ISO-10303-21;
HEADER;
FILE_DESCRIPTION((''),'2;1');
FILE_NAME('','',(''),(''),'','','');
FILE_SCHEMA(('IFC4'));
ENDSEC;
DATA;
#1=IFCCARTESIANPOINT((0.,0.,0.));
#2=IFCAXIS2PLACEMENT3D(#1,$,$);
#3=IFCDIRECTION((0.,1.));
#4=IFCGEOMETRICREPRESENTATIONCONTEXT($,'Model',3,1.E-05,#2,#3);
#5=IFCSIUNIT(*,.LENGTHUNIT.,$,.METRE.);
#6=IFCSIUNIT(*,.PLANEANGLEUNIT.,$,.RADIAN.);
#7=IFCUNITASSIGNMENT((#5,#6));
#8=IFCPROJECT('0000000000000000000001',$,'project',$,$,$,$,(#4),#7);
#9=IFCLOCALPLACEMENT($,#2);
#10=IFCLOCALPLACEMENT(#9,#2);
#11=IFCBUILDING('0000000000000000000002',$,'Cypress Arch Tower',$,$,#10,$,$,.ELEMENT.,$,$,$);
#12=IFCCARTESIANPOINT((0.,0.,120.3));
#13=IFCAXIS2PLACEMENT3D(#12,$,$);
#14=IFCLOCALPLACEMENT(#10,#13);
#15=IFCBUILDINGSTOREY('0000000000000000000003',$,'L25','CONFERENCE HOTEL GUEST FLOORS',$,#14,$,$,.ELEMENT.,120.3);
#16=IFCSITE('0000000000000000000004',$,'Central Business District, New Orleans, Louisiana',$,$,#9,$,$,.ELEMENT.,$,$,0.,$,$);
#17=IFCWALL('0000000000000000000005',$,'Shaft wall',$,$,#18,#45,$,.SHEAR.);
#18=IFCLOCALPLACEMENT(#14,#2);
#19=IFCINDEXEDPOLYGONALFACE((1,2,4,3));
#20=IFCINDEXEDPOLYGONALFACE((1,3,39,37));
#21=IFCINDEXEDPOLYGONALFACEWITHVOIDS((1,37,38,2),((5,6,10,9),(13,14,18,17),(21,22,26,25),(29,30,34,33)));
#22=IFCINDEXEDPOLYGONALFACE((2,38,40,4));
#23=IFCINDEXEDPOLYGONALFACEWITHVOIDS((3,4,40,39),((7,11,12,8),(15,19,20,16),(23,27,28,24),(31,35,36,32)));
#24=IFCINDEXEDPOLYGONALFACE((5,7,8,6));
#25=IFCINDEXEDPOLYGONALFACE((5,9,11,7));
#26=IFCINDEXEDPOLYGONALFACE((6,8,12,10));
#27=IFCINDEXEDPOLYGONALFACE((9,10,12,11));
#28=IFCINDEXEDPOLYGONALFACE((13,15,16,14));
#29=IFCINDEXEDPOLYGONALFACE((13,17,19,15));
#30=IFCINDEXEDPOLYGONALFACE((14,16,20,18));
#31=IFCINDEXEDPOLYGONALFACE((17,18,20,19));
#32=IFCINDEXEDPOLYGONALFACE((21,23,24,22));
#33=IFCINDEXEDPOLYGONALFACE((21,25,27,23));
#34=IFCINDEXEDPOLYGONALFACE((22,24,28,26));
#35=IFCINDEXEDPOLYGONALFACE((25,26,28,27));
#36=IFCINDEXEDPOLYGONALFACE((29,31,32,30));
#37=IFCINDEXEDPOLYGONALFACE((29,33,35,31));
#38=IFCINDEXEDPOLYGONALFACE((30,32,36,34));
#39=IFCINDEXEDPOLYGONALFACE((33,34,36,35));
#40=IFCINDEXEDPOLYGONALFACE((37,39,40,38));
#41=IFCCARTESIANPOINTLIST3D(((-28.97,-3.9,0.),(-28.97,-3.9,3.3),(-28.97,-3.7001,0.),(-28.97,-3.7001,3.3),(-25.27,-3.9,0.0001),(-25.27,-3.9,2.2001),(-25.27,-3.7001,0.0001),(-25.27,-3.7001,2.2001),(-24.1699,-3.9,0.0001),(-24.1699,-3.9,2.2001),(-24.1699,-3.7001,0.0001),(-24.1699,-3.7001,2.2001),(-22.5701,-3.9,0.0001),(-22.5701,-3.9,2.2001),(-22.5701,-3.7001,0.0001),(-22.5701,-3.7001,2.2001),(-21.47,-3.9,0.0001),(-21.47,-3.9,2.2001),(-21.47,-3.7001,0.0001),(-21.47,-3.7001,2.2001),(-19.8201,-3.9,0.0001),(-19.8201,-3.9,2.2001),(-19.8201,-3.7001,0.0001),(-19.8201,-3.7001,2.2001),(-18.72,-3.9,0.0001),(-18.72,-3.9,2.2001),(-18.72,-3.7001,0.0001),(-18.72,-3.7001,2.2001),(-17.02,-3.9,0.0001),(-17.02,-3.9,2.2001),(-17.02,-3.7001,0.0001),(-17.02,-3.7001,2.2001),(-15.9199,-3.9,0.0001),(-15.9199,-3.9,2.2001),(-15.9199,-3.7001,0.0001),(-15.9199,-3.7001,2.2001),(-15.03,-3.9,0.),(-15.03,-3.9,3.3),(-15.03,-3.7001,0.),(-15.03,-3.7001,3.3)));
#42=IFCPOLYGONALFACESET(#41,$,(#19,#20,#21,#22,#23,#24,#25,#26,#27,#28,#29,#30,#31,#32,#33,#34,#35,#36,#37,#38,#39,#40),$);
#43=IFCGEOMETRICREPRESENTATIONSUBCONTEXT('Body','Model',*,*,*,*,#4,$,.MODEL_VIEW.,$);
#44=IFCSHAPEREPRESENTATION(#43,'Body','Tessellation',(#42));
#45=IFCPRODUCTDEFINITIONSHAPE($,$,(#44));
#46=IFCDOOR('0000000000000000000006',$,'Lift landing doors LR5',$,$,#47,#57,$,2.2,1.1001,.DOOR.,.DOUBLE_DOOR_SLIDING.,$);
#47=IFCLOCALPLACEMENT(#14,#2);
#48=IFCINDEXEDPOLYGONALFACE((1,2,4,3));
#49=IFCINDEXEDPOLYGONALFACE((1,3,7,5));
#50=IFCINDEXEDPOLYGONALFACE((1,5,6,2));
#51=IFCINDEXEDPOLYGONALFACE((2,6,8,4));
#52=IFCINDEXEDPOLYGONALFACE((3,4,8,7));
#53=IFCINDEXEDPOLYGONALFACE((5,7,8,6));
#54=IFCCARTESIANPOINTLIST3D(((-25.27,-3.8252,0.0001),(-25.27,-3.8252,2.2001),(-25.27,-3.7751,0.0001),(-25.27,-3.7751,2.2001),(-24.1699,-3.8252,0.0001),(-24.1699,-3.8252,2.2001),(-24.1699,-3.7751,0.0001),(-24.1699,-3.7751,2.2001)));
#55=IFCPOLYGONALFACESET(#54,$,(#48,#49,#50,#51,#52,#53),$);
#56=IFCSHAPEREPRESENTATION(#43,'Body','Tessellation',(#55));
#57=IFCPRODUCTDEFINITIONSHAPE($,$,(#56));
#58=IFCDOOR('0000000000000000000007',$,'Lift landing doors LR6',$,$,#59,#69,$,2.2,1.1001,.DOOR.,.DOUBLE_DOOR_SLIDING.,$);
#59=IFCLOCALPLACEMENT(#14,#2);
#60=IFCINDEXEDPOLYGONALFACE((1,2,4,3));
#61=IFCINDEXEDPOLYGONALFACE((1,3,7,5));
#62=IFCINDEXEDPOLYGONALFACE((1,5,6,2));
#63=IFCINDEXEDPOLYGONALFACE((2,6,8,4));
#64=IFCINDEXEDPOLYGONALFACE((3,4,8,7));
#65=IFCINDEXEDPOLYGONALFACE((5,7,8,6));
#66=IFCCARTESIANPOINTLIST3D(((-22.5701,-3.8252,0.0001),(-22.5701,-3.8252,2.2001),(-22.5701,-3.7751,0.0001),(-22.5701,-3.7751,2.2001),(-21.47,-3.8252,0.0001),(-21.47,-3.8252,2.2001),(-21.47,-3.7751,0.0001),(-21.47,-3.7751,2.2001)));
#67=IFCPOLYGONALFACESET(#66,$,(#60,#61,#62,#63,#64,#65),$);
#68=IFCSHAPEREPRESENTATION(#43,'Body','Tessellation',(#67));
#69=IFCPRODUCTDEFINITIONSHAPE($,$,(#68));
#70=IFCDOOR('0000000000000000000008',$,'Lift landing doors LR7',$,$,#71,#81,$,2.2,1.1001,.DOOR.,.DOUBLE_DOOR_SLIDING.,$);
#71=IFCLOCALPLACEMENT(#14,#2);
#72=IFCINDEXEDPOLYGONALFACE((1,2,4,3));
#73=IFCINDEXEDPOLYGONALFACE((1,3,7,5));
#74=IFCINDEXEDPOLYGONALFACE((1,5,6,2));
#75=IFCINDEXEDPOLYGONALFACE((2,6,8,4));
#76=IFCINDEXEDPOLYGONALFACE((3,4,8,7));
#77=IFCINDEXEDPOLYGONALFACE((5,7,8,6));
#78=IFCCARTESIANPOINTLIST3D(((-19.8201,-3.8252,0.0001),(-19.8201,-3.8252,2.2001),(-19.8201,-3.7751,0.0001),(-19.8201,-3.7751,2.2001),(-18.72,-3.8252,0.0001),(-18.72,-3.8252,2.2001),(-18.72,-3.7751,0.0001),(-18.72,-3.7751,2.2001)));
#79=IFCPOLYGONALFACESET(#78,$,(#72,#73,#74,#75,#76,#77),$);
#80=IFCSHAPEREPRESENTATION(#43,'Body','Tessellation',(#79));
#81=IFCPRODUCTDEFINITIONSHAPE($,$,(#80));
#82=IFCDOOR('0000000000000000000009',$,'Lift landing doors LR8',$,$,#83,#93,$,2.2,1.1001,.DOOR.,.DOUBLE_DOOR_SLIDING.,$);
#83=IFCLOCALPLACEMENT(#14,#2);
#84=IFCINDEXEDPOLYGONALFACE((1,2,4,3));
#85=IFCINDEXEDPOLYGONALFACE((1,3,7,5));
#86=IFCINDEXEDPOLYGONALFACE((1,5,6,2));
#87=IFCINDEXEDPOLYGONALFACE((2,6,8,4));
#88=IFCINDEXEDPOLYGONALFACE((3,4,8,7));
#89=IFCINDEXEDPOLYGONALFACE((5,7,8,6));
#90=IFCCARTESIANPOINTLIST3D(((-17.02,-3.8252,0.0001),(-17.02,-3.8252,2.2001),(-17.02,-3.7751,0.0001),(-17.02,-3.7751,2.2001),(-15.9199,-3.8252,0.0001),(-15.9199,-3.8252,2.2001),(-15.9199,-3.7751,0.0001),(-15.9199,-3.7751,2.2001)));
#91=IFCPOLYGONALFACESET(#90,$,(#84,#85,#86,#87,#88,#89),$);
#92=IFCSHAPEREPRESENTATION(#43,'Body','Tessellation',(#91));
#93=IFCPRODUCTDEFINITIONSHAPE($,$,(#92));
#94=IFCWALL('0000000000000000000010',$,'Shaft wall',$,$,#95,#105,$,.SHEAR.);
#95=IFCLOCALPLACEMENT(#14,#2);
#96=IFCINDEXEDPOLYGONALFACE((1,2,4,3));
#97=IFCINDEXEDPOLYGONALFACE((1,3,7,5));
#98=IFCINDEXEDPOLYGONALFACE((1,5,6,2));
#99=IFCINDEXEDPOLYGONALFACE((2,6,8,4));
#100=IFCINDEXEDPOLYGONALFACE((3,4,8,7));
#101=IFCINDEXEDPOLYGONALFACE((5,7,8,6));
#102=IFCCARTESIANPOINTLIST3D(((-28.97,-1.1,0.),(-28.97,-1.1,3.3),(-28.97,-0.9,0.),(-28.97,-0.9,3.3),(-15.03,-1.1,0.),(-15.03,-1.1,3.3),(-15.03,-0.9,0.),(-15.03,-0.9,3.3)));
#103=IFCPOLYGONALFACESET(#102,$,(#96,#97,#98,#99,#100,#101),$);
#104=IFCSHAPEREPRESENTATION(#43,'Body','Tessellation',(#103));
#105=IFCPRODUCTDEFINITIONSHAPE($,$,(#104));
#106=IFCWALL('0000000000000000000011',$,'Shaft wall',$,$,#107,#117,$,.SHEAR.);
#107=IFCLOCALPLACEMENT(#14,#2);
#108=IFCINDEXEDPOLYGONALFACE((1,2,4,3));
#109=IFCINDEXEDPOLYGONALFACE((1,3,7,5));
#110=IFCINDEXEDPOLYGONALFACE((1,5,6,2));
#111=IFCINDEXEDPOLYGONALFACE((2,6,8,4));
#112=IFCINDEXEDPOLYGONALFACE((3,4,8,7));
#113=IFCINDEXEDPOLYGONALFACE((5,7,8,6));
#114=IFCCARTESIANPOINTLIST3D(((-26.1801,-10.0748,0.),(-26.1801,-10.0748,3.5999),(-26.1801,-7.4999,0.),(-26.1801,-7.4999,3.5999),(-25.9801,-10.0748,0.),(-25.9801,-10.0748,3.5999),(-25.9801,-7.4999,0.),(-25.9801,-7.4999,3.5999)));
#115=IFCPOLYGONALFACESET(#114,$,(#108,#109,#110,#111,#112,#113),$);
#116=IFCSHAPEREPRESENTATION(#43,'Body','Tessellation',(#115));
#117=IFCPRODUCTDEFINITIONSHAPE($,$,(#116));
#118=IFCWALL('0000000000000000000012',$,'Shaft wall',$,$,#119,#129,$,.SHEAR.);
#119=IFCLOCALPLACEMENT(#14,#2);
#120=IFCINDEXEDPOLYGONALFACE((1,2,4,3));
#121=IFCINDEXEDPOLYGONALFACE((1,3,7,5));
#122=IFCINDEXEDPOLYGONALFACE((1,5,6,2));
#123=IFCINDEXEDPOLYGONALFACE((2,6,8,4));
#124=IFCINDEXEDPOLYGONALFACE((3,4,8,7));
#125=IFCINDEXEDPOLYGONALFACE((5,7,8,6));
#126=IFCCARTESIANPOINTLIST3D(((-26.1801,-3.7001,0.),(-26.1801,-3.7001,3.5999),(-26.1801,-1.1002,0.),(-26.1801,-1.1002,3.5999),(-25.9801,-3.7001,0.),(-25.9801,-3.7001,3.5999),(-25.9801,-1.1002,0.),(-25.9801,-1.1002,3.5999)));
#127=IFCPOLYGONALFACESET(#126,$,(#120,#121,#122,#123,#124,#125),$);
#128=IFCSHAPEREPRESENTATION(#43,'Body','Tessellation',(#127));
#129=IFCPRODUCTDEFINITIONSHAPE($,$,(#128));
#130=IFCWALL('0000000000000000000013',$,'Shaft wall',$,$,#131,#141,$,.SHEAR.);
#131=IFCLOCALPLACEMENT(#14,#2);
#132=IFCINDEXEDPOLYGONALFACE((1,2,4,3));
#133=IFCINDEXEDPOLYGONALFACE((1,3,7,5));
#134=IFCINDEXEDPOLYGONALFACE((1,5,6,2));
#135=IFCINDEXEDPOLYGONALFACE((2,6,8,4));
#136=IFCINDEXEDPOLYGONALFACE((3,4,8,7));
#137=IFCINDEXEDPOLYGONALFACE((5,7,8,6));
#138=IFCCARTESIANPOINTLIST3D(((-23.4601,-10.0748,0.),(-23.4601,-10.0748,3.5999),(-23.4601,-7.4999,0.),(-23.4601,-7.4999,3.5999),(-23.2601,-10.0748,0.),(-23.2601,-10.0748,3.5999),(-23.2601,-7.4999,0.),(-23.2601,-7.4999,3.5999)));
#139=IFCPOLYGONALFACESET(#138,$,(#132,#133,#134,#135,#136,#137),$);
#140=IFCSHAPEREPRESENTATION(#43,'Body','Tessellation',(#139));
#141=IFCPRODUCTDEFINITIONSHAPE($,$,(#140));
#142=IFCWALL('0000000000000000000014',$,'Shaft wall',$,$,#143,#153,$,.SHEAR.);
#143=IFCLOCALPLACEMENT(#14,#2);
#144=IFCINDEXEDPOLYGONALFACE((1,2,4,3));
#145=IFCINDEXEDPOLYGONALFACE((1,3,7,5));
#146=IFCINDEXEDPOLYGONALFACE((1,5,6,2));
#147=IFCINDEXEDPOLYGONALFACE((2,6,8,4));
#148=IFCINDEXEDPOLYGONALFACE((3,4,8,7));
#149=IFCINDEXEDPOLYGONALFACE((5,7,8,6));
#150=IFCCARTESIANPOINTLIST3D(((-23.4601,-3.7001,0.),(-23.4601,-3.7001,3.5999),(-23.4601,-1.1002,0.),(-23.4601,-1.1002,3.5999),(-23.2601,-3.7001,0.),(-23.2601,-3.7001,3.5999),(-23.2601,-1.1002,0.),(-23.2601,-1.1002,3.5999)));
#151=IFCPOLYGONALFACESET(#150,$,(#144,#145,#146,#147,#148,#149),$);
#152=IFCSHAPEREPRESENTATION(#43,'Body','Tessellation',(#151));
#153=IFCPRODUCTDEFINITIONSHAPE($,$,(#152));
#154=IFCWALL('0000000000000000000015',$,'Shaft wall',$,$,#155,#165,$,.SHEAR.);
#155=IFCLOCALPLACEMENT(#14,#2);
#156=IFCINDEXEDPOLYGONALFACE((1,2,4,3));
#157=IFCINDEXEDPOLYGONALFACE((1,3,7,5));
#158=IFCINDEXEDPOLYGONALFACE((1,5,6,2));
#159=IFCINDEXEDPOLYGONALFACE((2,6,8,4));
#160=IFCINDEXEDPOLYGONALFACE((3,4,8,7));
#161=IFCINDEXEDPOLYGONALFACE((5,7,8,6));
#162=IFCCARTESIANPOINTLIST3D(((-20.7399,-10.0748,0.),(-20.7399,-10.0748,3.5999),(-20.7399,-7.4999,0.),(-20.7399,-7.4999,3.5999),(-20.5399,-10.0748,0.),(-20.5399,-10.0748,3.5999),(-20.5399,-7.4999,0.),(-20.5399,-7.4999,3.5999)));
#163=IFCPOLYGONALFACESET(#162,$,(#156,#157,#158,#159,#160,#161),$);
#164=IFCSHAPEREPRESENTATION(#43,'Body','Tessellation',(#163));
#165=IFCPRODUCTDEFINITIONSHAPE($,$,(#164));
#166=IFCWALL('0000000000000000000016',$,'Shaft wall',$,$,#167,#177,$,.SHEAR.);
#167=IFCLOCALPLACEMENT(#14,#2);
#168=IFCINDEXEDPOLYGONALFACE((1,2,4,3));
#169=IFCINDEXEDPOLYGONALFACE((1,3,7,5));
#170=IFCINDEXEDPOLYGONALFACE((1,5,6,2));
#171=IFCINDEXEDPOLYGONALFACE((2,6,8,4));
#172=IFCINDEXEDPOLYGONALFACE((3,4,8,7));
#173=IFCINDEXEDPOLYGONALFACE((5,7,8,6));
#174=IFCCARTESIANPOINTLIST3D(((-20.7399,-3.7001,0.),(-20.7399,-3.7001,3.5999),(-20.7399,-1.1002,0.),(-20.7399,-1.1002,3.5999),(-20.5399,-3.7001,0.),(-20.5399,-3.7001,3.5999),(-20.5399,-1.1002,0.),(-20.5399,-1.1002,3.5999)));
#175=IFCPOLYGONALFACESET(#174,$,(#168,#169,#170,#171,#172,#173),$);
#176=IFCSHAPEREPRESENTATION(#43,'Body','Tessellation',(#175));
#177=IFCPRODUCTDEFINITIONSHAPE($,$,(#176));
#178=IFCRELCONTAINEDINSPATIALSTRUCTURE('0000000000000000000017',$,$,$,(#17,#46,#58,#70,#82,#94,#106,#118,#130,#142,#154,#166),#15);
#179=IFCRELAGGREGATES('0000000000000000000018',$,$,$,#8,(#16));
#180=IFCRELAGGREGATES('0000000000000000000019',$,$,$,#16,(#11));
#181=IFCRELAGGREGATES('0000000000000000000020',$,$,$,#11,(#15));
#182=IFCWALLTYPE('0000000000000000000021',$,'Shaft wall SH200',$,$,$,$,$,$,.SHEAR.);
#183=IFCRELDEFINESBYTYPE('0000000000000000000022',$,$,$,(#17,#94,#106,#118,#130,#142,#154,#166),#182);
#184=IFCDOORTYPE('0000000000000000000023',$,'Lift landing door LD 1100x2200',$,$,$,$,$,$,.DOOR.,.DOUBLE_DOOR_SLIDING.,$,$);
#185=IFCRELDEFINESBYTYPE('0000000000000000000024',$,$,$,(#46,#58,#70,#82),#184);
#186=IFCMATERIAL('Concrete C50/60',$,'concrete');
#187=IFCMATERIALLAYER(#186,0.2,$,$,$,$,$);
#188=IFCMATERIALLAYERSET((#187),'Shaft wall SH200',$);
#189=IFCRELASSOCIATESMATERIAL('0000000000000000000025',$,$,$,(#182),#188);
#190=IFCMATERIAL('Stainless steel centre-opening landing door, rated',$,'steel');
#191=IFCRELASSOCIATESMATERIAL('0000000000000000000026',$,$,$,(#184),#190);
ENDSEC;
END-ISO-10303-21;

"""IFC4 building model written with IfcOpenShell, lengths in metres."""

from ifc_helpers import new_model, si_unit, direction, frame, frame_2d, origin, place, context, subcontext, project, spatial, rectangle, extrude, material, layer, layer_set, type_object, element, fill, save


model = new_model("IFC4")

# Units and contexts
model_context = context("Model", 3, precision=1e-05, world=origin(), true_north=direction((0.0, 1.0)))
body_context = subcontext(model_context, "Body", "Model", "MODEL_VIEW")
ifc_project = project(units=[si_unit("LENGTHUNIT", "METRE"), si_unit("PLANEANGLEUNIT", "RADIAN")], contexts=[model_context])

# Site, building, storey
site_placement = place(None, origin())
site = spatial("IfcSite", under=ifc_project, at=site_placement, Name="Central Business District, New Orleans, Louisiana", CompositionType="ELEMENT", RefElevation=0.0)
building_placement = place(site_placement, origin())
building = spatial("IfcBuilding", under=site, at=building_placement, Name="Cypress Arch Tower", CompositionType="ELEMENT")
storey_placement = place(building_placement, frame((0.0, 0.0, 120.3)))
storey = spatial("IfcBuildingStorey", under=building, at=storey_placement, Name="L25", Description="CONFERENCE HOTEL GUEST FLOORS", CompositionType="ELEMENT", Elevation=120.3)

# Wall, openings, doors
ifc_material_1 = material(Name="Concrete C50/60", Category="concrete")
ifc_layer_1 = layer(ifc_material_1, 0.2)
ifc_layer_set_1 = layer_set([ifc_layer_1], Name="Shaft wall SH200")
wall_type_1 = type_object("IfcWallType", Name="Shaft wall SH200", PredefinedType="SHEAR", material=ifc_layer_set_1)
ifc_material_2 = material(Name="Stainless steel centre-opening landing door, rated", Category="steel")
door_type = type_object("IfcDoorType", Name="Lift landing door LD 1100x2200", OperationType="DOUBLE_DOOR_SLIDING", PredefinedType="DOOR", material=ifc_material_2)
wall_1_placement = place(storey_placement, frame((-28.97, -3.8, 0.0), z_axis=(0.0, 0.0, 1.0), x_axis=(1.0, 0.0, 0.0)))
wall_1 = element("IfcWall", 1, at=wall_1_placement, inside=storey, type_object=wall_type_1, Name="Shaft wall", PredefinedType="SHEAR", context=body_context, shape_type="SweptSolid", body=[
    extrude(rectangle(XDim=13.9399, YDim=0.2, at=frame_2d((6.97, 0.0))), origin(), (0.0, 0.0, 1.0), 3.3),
])
opening_1_placement = place(wall_1_placement, frame((3.7, 0.0, 0.0)))
opening_1 = element("IfcOpeningElement", 2, at=opening_1_placement, cuts=wall_1, PredefinedType="OPENING", context=body_context, shape_type="SweptSolid", body=[
    extrude(rectangle(XDim=1.1001, YDim=2.2, at=frame_2d((0.55, 1.1001))), frame((0.0, 0.1099, 0.0), z_axis=(0.0, -1.0, 0.0), x_axis=(1.0, 0.0, 0.0)), (0.0, 0.0, 1.0), 0.22),
])
opening_2_placement = place(wall_1_placement, frame((6.3999, 0.0, 0.0)))
opening_2 = element("IfcOpeningElement", 3, at=opening_2_placement, cuts=wall_1, PredefinedType="OPENING", context=body_context, shape_type="SweptSolid", body=[
    extrude(rectangle(XDim=1.1001, YDim=2.2, at=frame_2d((0.55, 1.1001))), frame((0.0, 0.1099, 0.0), z_axis=(0.0, -1.0, 0.0), x_axis=(1.0, 0.0, 0.0)), (0.0, 0.0, 1.0), 0.22),
])
opening_3_placement = place(wall_1_placement, frame((9.1499, 0.0, 0.0)))
opening_3 = element("IfcOpeningElement", 4, at=opening_3_placement, cuts=wall_1, PredefinedType="OPENING", context=body_context, shape_type="SweptSolid", body=[
    extrude(rectangle(XDim=1.1001, YDim=2.2, at=frame_2d((0.55, 1.1001))), frame((0.0, 0.1099, 0.0), z_axis=(0.0, -1.0, 0.0), x_axis=(1.0, 0.0, 0.0)), (0.0, 0.0, 1.0), 0.22),
])
opening_4_placement = place(wall_1_placement, frame((11.95, 0.0, 0.0)))
opening_4 = element("IfcOpeningElement", 5, at=opening_4_placement, cuts=wall_1, PredefinedType="OPENING", context=body_context, shape_type="SweptSolid", body=[
    extrude(rectangle(XDim=1.1001, YDim=2.2, at=frame_2d((0.55, 1.1001))), frame((0.0, 0.1099, 0.0), z_axis=(0.0, -1.0, 0.0), x_axis=(1.0, 0.0, 0.0)), (0.0, 0.0, 1.0), 0.22),
])
door_1_placement = place(opening_1_placement, origin())
door_1 = element("IfcDoor", 6, at=door_1_placement, inside=storey, type_object=door_type, Name="Lift landing doors LR5", OperationType="DOUBLE_DOOR_SLIDING", OverallHeight=2.2, OverallWidth=1.1001, PredefinedType="DOOR", context=body_context, shape_type="SweptSolid", body=[
    extrude(rectangle(XDim=1.1001, YDim=2.2, at=frame_2d((0.55, 1.1001))), frame((0.0, 0.0249, 0.0), z_axis=(0.0, -1.0, 0.0), x_axis=(1.0, 0.0, 0.0)), (0.0, 0.0, 1.0), 0.05),
])
fill(opening_1, door_1)
door_2_placement = place(opening_2_placement, origin())
door_2 = element("IfcDoor", 7, at=door_2_placement, inside=storey, type_object=door_type, Name="Lift landing doors LR6", OperationType="DOUBLE_DOOR_SLIDING", OverallHeight=2.2, OverallWidth=1.1001, PredefinedType="DOOR", context=body_context, shape_type="SweptSolid", body=[
    extrude(rectangle(XDim=1.1001, YDim=2.2, at=frame_2d((0.55, 1.1001))), frame((0.0, 0.0249, 0.0), z_axis=(0.0, -1.0, 0.0), x_axis=(1.0, 0.0, 0.0)), (0.0, 0.0, 1.0), 0.05),
])
fill(opening_2, door_2)
door_3_placement = place(opening_3_placement, origin())
door_3 = element("IfcDoor", 8, at=door_3_placement, inside=storey, type_object=door_type, Name="Lift landing doors LR7", OperationType="DOUBLE_DOOR_SLIDING", OverallHeight=2.2, OverallWidth=1.1001, PredefinedType="DOOR", context=body_context, shape_type="SweptSolid", body=[
    extrude(rectangle(XDim=1.1001, YDim=2.2, at=frame_2d((0.55, 1.1001))), frame((0.0, 0.0249, 0.0), z_axis=(0.0, -1.0, 0.0), x_axis=(1.0, 0.0, 0.0)), (0.0, 0.0, 1.0), 0.05),
])
fill(opening_3, door_3)
door_4_placement = place(opening_4_placement, origin())
door_4 = element("IfcDoor", 9, at=door_4_placement, inside=storey, type_object=door_type, Name="Lift landing doors LR8", OperationType="DOUBLE_DOOR_SLIDING", OverallHeight=2.2, OverallWidth=1.1001, PredefinedType="DOOR", context=body_context, shape_type="SweptSolid", body=[
    extrude(rectangle(XDim=1.1001, YDim=2.2, at=frame_2d((0.55, 1.1001))), frame((0.0, 0.0249, 0.0), z_axis=(0.0, -1.0, 0.0), x_axis=(1.0, 0.0, 0.0)), (0.0, 0.0, 1.0), 0.05),
])
fill(opening_4, door_4)

# Walls
wall_2_placement = place(storey_placement, frame((-28.97, -1.0, 0.0), z_axis=(0.0, 0.0, 1.0), x_axis=(1.0, 0.0, 0.0)))
element("IfcWall", 10, at=wall_2_placement, inside=storey, type_object=wall_type_1, Name="Shaft wall", PredefinedType="SHEAR", context=body_context, shape_type="SweptSolid", body=[
    extrude(rectangle(XDim=13.9399, YDim=0.2, at=frame_2d((6.97, 0.0))), origin(), (0.0, 0.0, 1.0), 3.3),
])
wall_3_placement = place(storey_placement, frame((-26.0801, -10.075, 0.0), z_axis=(0.0, 0.0, 1.0), x_axis=(0.0, 1.0, 0.0)))
element("IfcWall", 11, at=wall_3_placement, inside=storey, type_object=wall_type_1, Name="Shaft wall", PredefinedType="SHEAR", context=body_context, shape_type="SweptSolid", body=[
    extrude(rectangle(XDim=2.575, YDim=0.2, at=frame_2d((1.2876, 0.0))), origin(), (0.0, 0.0, 1.0), 3.5999),
])
wall_4_placement = place(storey_placement, frame((-26.0801, -3.7, 0.0), z_axis=(0.0, 0.0, 1.0), x_axis=(0.0, 1.0, 0.0)))
element("IfcWall", 12, at=wall_4_placement, inside=storey, type_object=wall_type_1, Name="Shaft wall", PredefinedType="SHEAR", context=body_context, shape_type="SweptSolid", body=[
    extrude(rectangle(XDim=2.5999, YDim=0.2, at=frame_2d((1.2998, 0.0))), origin(), (0.0, 0.0, 1.0), 3.5999),
])
wall_5_placement = place(storey_placement, frame((-23.3601, -10.075, 0.0), z_axis=(0.0, 0.0, 1.0), x_axis=(0.0, 1.0, 0.0)))
element("IfcWall", 13, at=wall_5_placement, inside=storey, type_object=wall_type_1, Name="Shaft wall", PredefinedType="SHEAR", context=body_context, shape_type="SweptSolid", body=[
    extrude(rectangle(XDim=2.575, YDim=0.2, at=frame_2d((1.2876, 0.0))), origin(), (0.0, 0.0, 1.0), 3.5999),
])
wall_6_placement = place(storey_placement, frame((-23.3601, -3.7, 0.0), z_axis=(0.0, 0.0, 1.0), x_axis=(0.0, 1.0, 0.0)))
element("IfcWall", 14, at=wall_6_placement, inside=storey, type_object=wall_type_1, Name="Shaft wall", PredefinedType="SHEAR", context=body_context, shape_type="SweptSolid", body=[
    extrude(rectangle(XDim=2.5999, YDim=0.2, at=frame_2d((1.2998, 0.0))), origin(), (0.0, 0.0, 1.0), 3.5999),
])
wall_7_placement = place(storey_placement, frame((-20.6399, -10.075, 0.0), z_axis=(0.0, 0.0, 1.0), x_axis=(0.0, 1.0, 0.0)))
element("IfcWall", 15, at=wall_7_placement, inside=storey, type_object=wall_type_1, Name="Shaft wall", PredefinedType="SHEAR", context=body_context, shape_type="SweptSolid", body=[
    extrude(rectangle(XDim=2.575, YDim=0.2, at=frame_2d((1.2876, 0.0))), origin(), (0.0, 0.0, 1.0), 3.5999),
])
wall_8_placement = place(storey_placement, frame((-20.6399, -3.7, 0.0), z_axis=(0.0, 0.0, 1.0), x_axis=(0.0, 1.0, 0.0)))
element("IfcWall", 16, at=wall_8_placement, inside=storey, type_object=wall_type_1, Name="Shaft wall", PredefinedType="SHEAR", context=body_context, shape_type="SweptSolid", body=[
    extrude(rectangle(XDim=2.5999, YDim=0.2, at=frame_2d((1.2998, 0.0))), origin(), (0.0, 0.0, 1.0), 3.5999),
])

save(model, "model.ifc")
